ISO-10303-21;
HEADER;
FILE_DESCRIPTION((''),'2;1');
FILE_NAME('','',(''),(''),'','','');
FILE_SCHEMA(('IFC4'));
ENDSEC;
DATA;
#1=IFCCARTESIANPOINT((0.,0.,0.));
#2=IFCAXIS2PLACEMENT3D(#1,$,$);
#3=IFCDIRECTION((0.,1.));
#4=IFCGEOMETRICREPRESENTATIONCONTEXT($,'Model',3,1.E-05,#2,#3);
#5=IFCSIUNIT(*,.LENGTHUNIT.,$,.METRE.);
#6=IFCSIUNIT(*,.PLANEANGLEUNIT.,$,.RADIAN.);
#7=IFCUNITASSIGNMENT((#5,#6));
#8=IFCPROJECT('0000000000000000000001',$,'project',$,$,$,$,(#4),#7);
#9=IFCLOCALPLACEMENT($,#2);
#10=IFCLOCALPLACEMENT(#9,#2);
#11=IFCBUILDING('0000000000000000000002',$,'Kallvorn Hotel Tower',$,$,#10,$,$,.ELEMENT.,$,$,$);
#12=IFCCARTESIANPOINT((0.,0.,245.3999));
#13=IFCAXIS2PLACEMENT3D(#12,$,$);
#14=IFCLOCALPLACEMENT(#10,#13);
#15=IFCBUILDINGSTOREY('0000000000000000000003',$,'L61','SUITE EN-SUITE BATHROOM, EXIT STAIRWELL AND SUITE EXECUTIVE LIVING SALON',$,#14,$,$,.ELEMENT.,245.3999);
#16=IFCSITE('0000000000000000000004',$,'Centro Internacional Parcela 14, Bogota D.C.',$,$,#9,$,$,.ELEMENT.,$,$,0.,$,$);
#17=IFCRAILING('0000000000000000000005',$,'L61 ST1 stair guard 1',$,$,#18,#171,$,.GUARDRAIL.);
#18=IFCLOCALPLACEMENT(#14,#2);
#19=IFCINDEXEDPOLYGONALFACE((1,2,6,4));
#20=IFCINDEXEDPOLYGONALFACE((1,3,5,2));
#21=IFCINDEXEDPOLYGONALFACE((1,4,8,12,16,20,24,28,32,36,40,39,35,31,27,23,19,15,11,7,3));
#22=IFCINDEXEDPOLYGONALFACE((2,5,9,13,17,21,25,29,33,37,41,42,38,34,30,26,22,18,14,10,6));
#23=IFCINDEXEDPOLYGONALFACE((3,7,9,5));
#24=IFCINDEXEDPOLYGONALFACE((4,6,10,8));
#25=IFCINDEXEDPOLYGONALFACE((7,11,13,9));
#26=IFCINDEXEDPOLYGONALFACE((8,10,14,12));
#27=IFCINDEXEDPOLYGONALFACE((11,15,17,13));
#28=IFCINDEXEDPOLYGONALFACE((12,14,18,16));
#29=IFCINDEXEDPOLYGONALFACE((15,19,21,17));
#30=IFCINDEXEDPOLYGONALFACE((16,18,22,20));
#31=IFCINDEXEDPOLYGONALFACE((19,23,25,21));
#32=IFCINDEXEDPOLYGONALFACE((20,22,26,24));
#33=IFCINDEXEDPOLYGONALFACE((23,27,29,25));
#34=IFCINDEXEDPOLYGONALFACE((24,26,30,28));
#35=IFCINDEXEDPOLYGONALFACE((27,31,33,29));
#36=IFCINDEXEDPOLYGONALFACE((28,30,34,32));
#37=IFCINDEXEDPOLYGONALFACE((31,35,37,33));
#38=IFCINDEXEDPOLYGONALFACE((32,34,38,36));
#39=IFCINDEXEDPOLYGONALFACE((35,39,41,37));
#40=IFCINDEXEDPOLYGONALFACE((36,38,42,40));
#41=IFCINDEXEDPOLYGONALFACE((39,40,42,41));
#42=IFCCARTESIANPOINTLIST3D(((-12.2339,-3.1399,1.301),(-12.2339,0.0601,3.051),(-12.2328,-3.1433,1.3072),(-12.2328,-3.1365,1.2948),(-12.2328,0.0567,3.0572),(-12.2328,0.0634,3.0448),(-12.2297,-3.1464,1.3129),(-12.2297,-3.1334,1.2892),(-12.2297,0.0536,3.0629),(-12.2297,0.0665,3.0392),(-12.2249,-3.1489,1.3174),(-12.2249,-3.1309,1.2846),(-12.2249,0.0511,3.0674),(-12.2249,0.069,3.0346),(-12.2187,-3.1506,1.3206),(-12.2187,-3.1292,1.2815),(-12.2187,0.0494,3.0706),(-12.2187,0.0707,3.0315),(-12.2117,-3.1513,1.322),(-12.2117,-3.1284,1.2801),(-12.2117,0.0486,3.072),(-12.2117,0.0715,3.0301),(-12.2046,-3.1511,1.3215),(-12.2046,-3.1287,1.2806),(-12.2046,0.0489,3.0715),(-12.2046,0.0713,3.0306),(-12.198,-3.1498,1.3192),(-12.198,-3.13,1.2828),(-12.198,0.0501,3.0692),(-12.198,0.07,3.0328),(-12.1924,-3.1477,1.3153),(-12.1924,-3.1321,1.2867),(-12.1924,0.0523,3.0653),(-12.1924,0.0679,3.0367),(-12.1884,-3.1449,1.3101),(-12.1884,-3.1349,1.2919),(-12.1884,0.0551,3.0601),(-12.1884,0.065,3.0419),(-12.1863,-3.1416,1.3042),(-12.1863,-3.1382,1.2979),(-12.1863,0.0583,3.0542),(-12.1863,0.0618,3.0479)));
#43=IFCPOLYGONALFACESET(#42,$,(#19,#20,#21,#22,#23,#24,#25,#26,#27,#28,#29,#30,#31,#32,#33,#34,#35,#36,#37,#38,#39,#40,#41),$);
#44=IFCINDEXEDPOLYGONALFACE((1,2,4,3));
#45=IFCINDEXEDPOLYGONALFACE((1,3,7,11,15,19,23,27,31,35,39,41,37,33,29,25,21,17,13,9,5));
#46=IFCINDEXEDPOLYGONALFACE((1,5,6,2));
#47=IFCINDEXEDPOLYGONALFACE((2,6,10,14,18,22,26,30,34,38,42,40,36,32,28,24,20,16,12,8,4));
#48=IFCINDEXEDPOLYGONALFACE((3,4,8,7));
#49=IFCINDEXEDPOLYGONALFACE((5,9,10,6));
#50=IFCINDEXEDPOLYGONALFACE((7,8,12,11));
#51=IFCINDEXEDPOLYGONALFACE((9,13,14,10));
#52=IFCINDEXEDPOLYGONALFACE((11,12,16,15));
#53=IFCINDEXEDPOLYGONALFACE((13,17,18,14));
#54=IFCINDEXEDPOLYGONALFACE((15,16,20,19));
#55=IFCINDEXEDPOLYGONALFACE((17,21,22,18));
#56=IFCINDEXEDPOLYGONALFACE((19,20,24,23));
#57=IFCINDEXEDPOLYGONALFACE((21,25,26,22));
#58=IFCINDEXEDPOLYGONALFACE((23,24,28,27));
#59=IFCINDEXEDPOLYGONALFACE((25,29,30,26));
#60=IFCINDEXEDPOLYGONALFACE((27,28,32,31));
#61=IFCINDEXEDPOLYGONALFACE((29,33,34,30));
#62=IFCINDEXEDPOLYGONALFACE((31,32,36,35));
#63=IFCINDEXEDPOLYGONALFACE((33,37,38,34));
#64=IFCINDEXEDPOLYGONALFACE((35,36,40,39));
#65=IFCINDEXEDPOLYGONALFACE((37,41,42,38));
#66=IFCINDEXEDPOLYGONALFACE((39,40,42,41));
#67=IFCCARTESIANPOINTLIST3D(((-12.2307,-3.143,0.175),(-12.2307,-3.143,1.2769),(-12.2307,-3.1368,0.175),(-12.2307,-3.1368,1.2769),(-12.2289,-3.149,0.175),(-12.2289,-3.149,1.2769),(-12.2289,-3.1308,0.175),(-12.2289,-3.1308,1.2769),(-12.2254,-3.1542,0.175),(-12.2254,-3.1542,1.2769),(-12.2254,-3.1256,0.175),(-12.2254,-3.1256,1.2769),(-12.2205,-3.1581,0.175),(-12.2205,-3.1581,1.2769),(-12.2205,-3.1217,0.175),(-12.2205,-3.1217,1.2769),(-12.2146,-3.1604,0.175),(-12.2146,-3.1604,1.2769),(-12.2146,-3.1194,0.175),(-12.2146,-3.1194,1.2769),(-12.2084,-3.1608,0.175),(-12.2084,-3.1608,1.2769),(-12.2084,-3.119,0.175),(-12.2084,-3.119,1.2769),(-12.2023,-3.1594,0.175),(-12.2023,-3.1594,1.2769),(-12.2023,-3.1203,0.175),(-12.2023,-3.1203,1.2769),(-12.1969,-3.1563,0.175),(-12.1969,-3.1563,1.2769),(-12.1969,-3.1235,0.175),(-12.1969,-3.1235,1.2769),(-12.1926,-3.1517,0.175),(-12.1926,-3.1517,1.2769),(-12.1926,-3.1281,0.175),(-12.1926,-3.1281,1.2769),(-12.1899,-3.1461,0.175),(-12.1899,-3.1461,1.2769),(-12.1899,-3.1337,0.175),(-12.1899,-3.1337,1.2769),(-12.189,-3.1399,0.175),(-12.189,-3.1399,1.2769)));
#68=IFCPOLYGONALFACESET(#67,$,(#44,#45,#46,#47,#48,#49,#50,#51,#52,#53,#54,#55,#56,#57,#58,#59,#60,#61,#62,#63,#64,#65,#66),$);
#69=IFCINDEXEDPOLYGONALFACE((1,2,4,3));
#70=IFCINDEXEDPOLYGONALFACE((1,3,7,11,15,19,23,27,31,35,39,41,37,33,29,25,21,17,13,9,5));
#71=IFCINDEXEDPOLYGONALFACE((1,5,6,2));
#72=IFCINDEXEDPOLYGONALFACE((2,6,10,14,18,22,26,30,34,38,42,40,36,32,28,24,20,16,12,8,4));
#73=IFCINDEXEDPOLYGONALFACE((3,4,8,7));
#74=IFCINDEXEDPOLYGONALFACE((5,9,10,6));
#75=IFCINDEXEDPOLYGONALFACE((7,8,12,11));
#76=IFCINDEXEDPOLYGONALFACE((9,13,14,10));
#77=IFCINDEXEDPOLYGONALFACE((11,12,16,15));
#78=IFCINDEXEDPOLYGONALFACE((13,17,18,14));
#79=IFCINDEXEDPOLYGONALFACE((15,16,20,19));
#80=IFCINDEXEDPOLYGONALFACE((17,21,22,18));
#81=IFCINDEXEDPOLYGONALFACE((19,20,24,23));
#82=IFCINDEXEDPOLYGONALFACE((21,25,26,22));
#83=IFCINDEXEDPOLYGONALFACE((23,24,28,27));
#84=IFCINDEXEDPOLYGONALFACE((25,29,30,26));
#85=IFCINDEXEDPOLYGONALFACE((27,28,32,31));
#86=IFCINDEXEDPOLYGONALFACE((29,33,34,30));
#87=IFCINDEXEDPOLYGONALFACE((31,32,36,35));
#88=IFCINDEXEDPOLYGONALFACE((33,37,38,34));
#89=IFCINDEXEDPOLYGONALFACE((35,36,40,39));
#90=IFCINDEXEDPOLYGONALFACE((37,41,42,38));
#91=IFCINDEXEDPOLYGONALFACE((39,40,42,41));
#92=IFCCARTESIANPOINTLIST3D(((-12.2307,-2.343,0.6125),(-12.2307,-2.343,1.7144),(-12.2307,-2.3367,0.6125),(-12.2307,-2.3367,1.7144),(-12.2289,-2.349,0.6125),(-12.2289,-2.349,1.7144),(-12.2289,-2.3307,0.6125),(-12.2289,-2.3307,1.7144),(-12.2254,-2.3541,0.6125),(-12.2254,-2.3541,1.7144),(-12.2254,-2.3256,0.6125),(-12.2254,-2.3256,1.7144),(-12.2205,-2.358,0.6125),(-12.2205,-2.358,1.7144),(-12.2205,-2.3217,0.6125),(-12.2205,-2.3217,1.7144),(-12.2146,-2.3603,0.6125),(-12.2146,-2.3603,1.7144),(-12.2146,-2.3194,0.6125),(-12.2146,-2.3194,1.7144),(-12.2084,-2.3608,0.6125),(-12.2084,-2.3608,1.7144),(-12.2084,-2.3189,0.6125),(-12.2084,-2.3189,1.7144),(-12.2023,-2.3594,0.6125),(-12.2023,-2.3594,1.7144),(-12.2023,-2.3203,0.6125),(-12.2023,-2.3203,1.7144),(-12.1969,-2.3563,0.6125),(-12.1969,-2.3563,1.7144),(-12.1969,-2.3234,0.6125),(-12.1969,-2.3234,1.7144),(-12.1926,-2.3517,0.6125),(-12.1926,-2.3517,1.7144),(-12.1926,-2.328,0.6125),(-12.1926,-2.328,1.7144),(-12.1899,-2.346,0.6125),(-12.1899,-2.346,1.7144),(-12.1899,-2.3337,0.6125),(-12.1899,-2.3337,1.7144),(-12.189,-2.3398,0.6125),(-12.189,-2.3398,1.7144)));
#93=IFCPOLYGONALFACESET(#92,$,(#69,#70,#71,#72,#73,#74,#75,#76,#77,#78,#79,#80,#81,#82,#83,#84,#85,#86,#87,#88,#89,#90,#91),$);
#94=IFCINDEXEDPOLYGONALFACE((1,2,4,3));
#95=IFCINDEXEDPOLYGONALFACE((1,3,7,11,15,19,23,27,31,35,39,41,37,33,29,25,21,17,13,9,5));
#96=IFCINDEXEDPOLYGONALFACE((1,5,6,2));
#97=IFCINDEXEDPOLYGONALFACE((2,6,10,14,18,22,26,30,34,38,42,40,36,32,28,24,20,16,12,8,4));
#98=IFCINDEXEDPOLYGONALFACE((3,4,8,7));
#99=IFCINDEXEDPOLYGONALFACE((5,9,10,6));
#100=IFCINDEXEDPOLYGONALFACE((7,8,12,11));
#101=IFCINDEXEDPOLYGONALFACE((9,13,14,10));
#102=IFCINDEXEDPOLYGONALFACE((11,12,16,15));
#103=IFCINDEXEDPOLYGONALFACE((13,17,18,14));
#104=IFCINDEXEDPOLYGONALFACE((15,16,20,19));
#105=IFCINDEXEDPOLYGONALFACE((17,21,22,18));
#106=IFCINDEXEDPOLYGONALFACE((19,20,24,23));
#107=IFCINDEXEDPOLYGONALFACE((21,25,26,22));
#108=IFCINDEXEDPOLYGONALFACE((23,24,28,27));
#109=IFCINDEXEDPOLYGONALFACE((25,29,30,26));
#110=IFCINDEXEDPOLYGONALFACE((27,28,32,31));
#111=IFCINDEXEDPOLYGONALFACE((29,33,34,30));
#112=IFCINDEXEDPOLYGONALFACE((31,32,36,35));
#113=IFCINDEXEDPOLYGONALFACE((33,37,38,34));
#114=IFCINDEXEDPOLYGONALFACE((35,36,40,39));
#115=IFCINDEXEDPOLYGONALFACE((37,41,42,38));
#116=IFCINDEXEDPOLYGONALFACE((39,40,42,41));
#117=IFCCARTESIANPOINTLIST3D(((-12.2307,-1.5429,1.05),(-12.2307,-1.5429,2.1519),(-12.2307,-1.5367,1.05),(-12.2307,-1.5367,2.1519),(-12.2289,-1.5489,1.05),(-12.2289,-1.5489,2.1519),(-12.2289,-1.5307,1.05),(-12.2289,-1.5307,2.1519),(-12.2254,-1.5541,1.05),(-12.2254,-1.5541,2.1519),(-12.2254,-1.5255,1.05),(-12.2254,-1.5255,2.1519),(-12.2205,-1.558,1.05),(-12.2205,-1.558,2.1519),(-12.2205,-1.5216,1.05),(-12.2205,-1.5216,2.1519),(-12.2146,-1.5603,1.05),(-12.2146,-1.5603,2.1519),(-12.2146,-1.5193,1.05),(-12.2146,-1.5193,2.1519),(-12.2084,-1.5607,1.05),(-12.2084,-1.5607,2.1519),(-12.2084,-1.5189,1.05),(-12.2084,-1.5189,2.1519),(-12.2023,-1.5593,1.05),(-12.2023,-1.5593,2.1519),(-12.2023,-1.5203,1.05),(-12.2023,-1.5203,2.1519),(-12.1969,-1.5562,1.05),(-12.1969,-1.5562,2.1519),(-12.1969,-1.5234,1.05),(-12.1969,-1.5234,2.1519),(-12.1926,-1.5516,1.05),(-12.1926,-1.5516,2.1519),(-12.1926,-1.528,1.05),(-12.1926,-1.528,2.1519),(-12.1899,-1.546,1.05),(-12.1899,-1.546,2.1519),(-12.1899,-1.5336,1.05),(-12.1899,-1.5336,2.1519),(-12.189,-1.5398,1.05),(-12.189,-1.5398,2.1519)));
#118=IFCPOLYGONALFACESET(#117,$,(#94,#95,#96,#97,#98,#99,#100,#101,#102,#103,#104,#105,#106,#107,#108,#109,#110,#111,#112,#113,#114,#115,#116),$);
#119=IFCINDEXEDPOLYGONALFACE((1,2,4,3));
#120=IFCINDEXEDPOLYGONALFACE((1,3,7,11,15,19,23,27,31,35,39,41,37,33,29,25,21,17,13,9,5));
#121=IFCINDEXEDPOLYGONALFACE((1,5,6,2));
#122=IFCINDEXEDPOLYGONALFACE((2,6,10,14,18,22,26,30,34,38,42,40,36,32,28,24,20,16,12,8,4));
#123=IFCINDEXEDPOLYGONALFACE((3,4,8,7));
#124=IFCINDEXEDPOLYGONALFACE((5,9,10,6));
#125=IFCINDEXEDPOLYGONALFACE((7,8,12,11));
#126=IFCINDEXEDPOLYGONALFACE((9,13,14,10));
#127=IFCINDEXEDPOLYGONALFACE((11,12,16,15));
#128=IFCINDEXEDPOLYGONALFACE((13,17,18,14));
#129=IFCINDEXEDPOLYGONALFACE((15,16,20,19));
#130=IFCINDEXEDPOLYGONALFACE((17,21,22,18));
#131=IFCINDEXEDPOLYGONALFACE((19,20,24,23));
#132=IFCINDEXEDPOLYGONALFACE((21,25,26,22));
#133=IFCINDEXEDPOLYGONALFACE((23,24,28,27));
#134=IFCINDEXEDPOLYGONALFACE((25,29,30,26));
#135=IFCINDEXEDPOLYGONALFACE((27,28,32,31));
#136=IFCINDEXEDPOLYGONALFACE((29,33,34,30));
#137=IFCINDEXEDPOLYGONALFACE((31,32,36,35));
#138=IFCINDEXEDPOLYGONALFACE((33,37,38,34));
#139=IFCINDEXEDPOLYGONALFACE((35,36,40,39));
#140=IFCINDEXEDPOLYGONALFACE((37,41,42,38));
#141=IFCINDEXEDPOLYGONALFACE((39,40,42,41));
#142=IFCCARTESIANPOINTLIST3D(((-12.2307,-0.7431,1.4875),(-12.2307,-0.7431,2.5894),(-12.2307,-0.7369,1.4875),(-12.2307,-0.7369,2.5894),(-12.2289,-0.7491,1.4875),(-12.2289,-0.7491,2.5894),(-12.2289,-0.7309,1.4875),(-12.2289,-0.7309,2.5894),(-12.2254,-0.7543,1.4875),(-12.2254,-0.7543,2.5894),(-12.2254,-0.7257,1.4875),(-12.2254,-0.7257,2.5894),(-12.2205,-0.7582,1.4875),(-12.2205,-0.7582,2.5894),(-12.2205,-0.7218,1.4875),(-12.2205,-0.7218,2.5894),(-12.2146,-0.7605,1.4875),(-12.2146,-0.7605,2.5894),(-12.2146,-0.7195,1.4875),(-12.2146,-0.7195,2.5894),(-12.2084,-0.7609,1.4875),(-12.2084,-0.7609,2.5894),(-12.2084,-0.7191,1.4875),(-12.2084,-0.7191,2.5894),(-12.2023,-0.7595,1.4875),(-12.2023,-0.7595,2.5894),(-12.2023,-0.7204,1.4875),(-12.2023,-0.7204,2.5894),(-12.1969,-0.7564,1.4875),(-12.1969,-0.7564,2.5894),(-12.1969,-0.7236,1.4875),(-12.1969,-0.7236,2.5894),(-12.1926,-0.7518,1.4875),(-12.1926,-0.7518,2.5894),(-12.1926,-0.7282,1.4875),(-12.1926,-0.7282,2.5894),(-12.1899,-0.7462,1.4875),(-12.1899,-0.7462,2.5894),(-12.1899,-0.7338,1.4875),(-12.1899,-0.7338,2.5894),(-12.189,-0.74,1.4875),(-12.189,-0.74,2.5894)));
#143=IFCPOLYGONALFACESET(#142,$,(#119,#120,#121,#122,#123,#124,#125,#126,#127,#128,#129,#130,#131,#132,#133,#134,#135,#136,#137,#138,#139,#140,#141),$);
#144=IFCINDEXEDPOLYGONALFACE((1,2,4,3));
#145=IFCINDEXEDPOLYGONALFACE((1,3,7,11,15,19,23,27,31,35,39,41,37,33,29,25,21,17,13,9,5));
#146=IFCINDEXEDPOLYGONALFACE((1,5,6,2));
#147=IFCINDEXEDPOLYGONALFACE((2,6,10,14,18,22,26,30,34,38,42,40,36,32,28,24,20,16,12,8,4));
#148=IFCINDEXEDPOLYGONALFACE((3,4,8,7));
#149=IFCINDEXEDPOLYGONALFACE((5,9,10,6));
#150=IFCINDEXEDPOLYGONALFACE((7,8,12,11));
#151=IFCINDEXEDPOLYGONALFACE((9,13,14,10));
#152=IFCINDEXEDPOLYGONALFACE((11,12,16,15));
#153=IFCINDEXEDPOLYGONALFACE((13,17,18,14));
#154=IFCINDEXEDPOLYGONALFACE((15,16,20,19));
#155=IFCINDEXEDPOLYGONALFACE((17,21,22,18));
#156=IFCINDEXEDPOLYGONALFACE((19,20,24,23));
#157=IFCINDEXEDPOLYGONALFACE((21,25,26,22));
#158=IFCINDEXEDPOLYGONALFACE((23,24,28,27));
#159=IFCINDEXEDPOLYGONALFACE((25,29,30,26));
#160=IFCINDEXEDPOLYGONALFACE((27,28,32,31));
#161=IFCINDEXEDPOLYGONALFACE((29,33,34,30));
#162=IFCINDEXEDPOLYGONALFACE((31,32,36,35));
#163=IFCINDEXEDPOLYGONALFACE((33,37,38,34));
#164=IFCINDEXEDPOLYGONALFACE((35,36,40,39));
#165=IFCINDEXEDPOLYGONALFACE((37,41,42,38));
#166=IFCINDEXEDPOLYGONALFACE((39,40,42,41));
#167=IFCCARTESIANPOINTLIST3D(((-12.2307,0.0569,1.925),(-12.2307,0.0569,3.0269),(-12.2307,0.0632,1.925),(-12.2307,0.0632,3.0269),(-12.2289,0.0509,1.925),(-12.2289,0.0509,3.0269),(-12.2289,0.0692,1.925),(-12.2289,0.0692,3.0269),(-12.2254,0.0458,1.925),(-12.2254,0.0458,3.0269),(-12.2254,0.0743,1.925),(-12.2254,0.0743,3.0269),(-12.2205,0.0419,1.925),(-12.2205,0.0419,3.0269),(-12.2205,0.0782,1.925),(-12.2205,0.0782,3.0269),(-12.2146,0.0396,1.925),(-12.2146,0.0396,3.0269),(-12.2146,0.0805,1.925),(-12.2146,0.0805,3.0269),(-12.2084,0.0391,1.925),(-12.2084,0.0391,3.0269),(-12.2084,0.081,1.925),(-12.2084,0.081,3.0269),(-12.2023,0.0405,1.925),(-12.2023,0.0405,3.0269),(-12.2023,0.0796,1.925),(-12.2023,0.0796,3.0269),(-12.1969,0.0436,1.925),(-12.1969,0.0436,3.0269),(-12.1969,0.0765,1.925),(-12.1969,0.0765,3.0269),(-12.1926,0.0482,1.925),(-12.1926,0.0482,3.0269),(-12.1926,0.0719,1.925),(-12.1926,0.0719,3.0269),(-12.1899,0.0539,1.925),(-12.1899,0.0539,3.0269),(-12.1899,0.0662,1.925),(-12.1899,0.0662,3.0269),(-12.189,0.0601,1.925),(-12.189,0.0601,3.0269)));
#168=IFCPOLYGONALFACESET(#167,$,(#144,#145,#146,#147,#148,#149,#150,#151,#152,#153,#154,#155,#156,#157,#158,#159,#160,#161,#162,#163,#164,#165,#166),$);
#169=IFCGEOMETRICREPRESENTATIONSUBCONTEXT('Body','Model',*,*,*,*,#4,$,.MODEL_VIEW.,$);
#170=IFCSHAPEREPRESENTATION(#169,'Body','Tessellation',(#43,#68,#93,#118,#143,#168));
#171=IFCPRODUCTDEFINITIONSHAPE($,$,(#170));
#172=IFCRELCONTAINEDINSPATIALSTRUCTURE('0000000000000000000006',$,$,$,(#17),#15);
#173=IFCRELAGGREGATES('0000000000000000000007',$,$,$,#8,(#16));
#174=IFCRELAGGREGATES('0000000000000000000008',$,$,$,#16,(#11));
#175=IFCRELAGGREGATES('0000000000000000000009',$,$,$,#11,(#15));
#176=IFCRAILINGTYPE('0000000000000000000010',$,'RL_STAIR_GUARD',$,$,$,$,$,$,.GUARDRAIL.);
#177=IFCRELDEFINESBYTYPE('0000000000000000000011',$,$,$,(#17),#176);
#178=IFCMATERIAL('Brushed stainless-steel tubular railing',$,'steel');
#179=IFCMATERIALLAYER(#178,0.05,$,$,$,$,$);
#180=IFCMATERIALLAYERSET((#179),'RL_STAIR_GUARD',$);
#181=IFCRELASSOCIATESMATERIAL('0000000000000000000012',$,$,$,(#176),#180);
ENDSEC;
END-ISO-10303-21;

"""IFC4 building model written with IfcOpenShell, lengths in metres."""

from ifc_helpers import new_model, si_unit, direction, frame, origin, origin_2d, place, context, subcontext, project, spatial, circle, extrude, material, layer, layer_set, type_object, element, save


model = new_model("IFC4")

# Units and contexts
model_context = context("Model", 3, precision=1e-05, world=origin(), true_north=direction((0.0, 1.0)))
body_context = subcontext(model_context, "Body", "Model", "MODEL_VIEW")
ifc_project = project(units=[si_unit("LENGTHUNIT", "METRE"), si_unit("PLANEANGLEUNIT", "RADIAN")], contexts=[model_context])

# Site, building, storey
site_placement = place(None, origin())
site = spatial("IfcSite", under=ifc_project, at=site_placement, Name="Centro Internacional Parcela 14, Bogota D.C.", CompositionType="ELEMENT", RefElevation=0.0)
building_placement = place(site_placement, origin())
building = spatial("IfcBuilding", under=site, at=building_placement, Name="Kallvorn Hotel Tower", CompositionType="ELEMENT")
storey_placement = place(building_placement, frame((0.0, 0.0, 245.3999)))
storey = spatial("IfcBuildingStorey", under=building, at=storey_placement, Name="L61", Description="SUITE EN-SUITE BATHROOM, EXIT STAIRWELL AND SUITE EXECUTIVE LIVING SALON", CompositionType="ELEMENT", Elevation=245.3999)

# Railing
ifc_material_1 = material(Name="Brushed stainless-steel tubular railing", Category="steel")
ifc_layer_1 = layer(ifc_material_1, 0.05)
ifc_layer_set_1 = layer_set([ifc_layer_1], Name="RL_STAIR_GUARD")
railing_type_1 = type_object("IfcRailingType", Name="RL_STAIR_GUARD", PredefinedType="GUARDRAIL", material=ifc_layer_set_1)
railing_1_placement = place(storey_placement, frame((-12.21, -3.1399, 0.175)))
element("IfcRailing", 1, at=railing_1_placement, inside=storey, type_object=railing_type_1, Name="L61 ST1 stair guard 1", PredefinedType="GUARDRAIL", context=body_context, shape_type="SweptSolid", body=[
    extrude(circle(Radius=0.0239, at=origin_2d()), frame((0.0, 0.0, 1.126), z_axis=(0.0, 0.877368, 0.479818), x_axis=(-1.0, 0.0, 0.0)), (0.0, 0.0, 1.0), 3.6472),
    extrude(circle(Radius=0.021, at=origin_2d()), origin(), (0.0, 0.0, 1.0), 1.1018),
    extrude(circle(Radius=0.021, at=origin_2d()), frame((0.0, 0.8, 0.4375)), (0.0, 0.0, 1.0), 1.1018),
    extrude(circle(Radius=0.021, at=origin_2d()), frame((0.0, 1.6001, 0.875)), (0.0, 0.0, 1.0), 1.1018),
    extrude(circle(Radius=0.021, at=origin_2d()), frame((0.0, 2.3999, 1.3125)), (0.0, 0.0, 1.0), 1.1018),
    extrude(circle(Radius=0.021, at=origin_2d()), frame((0.0, 3.2, 1.75)), (0.0, 0.0, 1.0), 1.1018),
])

save(model, "model.ifc")
